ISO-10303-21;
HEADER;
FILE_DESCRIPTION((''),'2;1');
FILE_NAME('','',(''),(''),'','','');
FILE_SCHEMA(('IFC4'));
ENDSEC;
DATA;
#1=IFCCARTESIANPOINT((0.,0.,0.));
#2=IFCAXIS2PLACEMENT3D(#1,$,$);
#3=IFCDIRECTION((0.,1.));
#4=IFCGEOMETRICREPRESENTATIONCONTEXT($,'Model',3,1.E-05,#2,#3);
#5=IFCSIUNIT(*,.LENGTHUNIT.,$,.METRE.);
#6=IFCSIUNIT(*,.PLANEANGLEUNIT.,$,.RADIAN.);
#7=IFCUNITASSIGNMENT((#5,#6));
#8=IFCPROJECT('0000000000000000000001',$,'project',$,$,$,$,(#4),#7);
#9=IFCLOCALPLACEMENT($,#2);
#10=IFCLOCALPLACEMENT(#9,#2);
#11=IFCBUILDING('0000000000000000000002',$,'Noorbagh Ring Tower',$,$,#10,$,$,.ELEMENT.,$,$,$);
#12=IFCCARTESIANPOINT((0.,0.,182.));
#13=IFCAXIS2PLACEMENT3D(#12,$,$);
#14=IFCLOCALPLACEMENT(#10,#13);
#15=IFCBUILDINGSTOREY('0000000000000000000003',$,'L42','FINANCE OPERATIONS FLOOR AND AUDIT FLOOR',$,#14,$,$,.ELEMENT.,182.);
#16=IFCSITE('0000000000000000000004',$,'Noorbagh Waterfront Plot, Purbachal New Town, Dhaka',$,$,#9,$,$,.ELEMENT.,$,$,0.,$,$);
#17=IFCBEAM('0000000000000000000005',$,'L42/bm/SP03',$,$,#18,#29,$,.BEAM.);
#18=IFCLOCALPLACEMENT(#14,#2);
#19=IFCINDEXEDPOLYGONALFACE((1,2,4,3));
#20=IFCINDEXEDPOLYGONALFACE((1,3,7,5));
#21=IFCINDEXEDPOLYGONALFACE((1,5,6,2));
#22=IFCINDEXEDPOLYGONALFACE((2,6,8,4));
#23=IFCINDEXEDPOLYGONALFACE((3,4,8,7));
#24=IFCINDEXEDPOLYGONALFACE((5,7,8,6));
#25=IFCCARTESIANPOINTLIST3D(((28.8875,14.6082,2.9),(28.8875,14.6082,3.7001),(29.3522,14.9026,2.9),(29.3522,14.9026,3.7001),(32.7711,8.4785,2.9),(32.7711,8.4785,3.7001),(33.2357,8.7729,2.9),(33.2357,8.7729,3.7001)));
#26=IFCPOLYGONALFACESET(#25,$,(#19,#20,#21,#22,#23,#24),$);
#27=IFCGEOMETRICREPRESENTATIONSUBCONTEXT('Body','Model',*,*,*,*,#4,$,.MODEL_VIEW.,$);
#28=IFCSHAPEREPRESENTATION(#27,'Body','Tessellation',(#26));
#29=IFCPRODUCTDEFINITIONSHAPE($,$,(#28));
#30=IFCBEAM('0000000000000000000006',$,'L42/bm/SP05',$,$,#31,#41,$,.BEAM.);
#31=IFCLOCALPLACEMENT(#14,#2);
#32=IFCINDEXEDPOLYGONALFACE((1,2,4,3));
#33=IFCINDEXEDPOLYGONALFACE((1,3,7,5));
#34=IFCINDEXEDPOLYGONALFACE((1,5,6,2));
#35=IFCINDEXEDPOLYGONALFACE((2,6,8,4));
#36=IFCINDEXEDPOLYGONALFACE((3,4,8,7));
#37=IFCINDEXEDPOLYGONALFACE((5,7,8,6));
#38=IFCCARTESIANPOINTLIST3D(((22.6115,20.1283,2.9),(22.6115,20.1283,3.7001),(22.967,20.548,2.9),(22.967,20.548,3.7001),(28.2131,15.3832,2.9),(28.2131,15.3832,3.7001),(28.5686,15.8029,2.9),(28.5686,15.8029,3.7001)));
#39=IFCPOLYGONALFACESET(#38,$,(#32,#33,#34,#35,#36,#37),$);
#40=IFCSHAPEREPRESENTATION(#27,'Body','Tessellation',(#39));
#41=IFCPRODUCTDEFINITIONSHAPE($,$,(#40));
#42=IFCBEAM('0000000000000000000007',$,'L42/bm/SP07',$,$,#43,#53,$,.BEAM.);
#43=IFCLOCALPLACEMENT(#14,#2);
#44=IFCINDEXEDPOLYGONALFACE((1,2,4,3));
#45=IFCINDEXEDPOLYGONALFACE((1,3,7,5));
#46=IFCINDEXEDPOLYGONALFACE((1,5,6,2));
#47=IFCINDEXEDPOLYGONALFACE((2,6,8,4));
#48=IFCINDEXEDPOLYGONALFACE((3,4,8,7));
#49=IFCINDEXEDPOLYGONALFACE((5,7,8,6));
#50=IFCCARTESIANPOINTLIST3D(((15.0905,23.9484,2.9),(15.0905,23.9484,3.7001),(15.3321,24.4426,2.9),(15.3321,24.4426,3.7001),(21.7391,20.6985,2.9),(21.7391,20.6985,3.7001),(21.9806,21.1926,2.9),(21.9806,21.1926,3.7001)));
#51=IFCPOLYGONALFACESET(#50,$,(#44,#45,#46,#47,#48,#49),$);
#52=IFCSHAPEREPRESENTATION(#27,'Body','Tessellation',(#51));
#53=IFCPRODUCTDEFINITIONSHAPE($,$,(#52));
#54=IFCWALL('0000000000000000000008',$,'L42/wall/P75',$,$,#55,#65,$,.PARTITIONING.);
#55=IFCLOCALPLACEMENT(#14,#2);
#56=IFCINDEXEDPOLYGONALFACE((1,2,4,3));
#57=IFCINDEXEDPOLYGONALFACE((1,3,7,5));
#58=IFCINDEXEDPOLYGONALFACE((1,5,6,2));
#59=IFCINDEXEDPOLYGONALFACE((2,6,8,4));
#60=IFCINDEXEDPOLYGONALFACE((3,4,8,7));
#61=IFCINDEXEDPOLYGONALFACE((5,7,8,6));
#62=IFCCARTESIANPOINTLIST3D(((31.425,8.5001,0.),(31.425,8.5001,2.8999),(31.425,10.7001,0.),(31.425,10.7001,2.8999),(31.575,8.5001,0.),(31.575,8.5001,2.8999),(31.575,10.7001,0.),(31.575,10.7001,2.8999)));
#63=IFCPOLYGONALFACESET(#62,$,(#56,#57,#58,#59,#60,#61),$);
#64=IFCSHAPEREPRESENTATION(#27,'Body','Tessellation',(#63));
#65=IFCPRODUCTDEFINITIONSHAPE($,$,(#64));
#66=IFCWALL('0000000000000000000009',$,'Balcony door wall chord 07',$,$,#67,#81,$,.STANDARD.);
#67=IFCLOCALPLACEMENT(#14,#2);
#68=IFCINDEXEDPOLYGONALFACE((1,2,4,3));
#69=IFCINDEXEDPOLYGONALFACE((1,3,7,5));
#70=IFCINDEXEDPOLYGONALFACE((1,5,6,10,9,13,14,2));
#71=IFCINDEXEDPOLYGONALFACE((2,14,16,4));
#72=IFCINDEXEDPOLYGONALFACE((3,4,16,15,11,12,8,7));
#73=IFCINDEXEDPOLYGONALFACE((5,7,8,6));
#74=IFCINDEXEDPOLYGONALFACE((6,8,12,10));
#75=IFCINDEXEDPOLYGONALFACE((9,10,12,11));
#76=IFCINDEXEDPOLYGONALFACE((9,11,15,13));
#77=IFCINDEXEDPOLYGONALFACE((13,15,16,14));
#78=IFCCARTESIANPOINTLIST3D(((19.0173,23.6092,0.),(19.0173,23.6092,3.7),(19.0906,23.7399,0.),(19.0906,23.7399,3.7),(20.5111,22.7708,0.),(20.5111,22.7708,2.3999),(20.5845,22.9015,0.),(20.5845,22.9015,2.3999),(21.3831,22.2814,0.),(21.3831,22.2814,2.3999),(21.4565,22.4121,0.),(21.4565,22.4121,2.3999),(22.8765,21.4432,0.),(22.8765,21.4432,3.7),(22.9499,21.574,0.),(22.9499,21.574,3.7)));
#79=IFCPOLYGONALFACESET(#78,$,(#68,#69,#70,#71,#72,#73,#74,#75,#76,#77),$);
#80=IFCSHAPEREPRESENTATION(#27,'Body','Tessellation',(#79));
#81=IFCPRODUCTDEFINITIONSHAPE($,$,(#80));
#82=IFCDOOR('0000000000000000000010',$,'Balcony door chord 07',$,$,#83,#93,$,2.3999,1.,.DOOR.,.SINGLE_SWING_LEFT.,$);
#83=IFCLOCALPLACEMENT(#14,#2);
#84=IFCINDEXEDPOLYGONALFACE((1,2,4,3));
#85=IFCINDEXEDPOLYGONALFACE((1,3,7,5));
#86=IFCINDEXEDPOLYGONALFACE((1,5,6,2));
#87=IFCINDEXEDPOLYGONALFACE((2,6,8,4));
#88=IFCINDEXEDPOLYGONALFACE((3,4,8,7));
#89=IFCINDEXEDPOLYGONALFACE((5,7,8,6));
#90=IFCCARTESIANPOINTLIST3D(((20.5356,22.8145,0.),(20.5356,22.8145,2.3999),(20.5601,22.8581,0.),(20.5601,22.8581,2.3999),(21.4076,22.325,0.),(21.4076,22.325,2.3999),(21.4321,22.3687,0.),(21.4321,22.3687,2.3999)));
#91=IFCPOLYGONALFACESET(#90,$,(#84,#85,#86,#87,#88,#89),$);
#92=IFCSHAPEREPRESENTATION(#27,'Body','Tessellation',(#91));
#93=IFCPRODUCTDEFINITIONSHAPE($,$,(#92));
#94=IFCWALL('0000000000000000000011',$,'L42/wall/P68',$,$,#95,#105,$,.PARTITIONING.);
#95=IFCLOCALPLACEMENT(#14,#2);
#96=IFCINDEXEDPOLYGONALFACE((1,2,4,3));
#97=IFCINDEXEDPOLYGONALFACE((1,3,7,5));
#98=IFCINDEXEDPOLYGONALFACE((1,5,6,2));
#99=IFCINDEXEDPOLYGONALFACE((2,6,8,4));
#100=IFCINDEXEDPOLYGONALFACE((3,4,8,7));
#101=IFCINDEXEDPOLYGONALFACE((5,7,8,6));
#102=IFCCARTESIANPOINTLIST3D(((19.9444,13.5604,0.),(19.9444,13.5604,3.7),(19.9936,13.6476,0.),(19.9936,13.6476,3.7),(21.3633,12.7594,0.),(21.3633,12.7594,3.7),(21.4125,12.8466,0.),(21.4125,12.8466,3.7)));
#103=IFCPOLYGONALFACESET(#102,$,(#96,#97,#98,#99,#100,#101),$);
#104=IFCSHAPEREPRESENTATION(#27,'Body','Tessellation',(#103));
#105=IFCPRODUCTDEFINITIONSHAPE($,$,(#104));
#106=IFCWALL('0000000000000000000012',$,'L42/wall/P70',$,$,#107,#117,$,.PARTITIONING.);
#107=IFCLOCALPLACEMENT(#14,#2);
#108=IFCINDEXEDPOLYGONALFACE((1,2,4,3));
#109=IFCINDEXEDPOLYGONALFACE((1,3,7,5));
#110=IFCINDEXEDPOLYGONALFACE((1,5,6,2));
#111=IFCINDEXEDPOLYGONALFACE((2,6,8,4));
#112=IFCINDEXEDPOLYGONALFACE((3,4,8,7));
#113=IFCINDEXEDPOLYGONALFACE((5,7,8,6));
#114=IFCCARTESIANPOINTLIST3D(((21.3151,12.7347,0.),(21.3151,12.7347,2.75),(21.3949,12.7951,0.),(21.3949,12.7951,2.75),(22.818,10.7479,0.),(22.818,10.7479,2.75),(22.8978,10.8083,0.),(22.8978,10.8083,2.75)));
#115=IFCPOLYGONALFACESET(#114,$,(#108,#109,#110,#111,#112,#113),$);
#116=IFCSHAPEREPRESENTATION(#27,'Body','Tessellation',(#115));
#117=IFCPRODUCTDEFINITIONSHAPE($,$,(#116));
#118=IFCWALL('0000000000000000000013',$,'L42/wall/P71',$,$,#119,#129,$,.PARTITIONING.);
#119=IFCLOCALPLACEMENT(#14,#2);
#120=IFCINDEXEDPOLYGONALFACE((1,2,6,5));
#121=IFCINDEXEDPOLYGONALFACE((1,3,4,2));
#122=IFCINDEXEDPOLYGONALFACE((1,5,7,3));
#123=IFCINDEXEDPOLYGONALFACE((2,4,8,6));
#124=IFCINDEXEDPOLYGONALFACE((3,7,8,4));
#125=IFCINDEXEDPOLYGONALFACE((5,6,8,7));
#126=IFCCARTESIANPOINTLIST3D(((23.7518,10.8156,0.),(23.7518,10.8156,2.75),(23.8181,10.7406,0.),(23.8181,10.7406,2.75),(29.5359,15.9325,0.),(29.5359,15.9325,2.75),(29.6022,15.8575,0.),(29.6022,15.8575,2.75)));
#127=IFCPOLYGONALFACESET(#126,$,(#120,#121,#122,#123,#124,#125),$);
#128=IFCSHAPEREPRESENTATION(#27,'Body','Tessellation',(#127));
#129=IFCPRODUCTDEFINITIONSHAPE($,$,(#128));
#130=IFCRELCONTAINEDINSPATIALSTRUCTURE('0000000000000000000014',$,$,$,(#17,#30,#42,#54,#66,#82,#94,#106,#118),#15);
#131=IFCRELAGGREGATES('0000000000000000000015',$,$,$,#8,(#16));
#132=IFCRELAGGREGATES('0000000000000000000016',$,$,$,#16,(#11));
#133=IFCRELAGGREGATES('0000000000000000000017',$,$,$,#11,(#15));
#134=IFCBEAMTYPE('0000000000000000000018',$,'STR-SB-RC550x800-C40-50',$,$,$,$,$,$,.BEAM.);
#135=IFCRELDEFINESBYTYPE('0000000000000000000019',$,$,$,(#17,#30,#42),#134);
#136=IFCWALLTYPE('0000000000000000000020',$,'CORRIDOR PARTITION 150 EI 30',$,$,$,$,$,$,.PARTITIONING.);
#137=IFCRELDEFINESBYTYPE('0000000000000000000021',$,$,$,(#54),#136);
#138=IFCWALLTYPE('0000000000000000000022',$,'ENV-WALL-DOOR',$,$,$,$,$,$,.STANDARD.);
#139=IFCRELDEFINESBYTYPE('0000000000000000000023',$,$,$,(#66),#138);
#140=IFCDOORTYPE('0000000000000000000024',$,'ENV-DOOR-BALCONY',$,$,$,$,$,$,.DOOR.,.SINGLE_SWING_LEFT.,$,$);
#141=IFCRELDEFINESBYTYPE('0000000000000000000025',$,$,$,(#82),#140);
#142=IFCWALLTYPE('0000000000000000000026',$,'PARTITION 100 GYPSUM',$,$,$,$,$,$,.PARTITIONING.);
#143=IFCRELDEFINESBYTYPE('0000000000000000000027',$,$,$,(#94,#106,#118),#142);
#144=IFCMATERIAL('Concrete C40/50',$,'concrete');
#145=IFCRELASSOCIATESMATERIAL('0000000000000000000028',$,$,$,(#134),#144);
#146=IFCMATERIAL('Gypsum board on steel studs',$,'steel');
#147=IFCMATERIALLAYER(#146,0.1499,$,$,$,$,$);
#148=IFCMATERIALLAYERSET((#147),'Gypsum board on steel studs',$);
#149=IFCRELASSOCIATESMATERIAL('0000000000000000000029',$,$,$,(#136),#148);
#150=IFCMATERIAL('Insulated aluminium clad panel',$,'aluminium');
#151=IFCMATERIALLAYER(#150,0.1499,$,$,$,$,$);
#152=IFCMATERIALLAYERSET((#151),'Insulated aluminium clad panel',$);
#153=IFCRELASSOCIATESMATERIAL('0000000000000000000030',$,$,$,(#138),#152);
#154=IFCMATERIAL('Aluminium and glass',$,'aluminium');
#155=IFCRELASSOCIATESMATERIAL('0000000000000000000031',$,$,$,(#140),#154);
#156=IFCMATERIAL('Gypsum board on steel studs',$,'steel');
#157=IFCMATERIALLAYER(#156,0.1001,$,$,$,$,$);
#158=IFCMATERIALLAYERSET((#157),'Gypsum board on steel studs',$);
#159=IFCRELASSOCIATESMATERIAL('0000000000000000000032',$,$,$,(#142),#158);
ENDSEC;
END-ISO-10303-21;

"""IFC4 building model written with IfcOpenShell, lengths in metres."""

from ifc_helpers import new_model, si_unit, direction, frame, frame_2d, origin, origin_2d, place, context, subcontext, project, spatial, rectangle, extrude, material, layer, layer_set, material_profile, profile_set, type_object, element, fill, save


model = new_model("IFC4")

# Units and contexts
model_context = context("Model", 3, precision=1e-05, world=origin(), true_north=direction((0.0, 1.0)))
body_context = subcontext(model_context, "Body", "Model", "MODEL_VIEW")
ifc_project = project(units=[si_unit("LENGTHUNIT", "METRE"), si_unit("PLANEANGLEUNIT", "RADIAN")], contexts=[model_context])

# Site, building, storey
site_placement = place(None, origin())
site = spatial("IfcSite", under=ifc_project, at=site_placement, Name="Noorbagh Waterfront Plot, Purbachal New Town, Dhaka", CompositionType="ELEMENT", RefElevation=0.0)
building_placement = place(site_placement, origin())
building = spatial("IfcBuilding", under=site, at=building_placement, Name="Noorbagh Ring Tower", CompositionType="ELEMENT")
storey_placement = place(building_placement, frame((0.0, 0.0, 182.0)))
storey = spatial("IfcBuildingStorey", under=building, at=storey_placement, Name="L42", Description="FINANCE OPERATIONS FLOOR AND AUDIT FLOOR", CompositionType="ELEMENT", Elevation=182.0)

# Beams
ifc_material_1 = material(Name="Concrete C40/50", Category="concrete")
ifc_material_profile_1 = material_profile(ifc_material_1, rectangle(XDim=0.55, YDim=0.8, at=origin_2d()), Name="RC550x800")
ifc_profile_set_1 = profile_set([ifc_material_profile_1], Name="Concrete C40/50")
beam_type_1 = type_object("IfcBeamType", Name="STR-SB-RC550x800-C40-50", PredefinedType="BEAM", material=ifc_profile_set_1)
beam_1_placement = place(storey_placement, frame((33.0034, 8.6257, 3.3), z_axis=(-0.535194, 0.844729, 0.0), x_axis=(-0.844729, -0.535194, 0.0)))
element("IfcBeam", 1, at=beam_1_placement, inside=storey, type_object=beam_type_1, Name="L42/bm/SP03", PredefinedType="BEAM", context=body_context, shape_type="SweptSolid", body=[
    extrude(rectangle(XDim=0.55, YDim=0.8, at=origin_2d()), origin(), (0.0, 0.0, 1.0), 7.2563),
])
beam_2_placement = place(storey_placement, frame((28.3909, 15.593, 3.3), z_axis=(-0.763028, 0.646366, 0.0), x_axis=(-0.646366, -0.763028, 0.0)))
element("IfcBeam", 2, at=beam_2_placement, inside=storey, type_object=beam_type_1, Name="L42/bm/SP05", PredefinedType="BEAM", context=body_context, shape_type="SweptSolid", body=[
    extrude(rectangle(XDim=0.55, YDim=0.8, at=origin_2d()), origin(), (0.0, 0.0, 1.0), 7.3413),
])
beam_3_placement = place(storey_placement, frame((21.8599, 20.9456, 3.3), z_axis=(-0.898409, 0.439159, 0.0), x_axis=(-0.439159, -0.898409, 0.0)))
element("IfcBeam", 3, at=beam_3_placement, inside=storey, type_object=beam_type_1, Name="L42/bm/SP07", PredefinedType="BEAM", context=body_context, shape_type="SweptSolid", body=[
    extrude(rectangle(XDim=0.55, YDim=0.8, at=origin_2d()), origin(), (0.0, 0.0, 1.0), 7.4004),
])

# Wall
ifc_material_2 = material(Name="Gypsum board on steel studs", Category="steel")
ifc_layer_1 = layer(ifc_material_2, 0.1499)
ifc_layer_set_1 = layer_set([ifc_layer_1], Name="Gypsum board on steel studs")
wall_type_1 = type_object("IfcWallType", Name="CORRIDOR PARTITION 150 EI 30", PredefinedType="PARTITIONING", material=ifc_layer_set_1)
wall_1_placement = place(storey_placement, frame((31.5, 8.5, 0.0), z_axis=(0.0, 0.0, 1.0), x_axis=(0.0, 1.0, 0.0)))
element("IfcWall", 4, at=wall_1_placement, inside=storey, type_object=wall_type_1, Name="L42/wall/P75", PredefinedType="PARTITIONING", context=body_context, shape_type="SweptSolid", body=[
    extrude(rectangle(XDim=2.2, YDim=0.1499, at=frame_2d((1.1001, 0.0))), origin(), (0.0, 0.0, 1.0), 2.8999),
])

# Wall, opening, door
ifc_material_3 = material(Name="Insulated aluminium clad panel", Category="aluminium")
ifc_layer_2 = layer(ifc_material_3, 0.1499)
ifc_layer_set_2 = layer_set([ifc_layer_2], Name="Insulated aluminium clad panel")
wall_type_2 = type_object("IfcWallType", Name="ENV-WALL-DOOR", PredefinedType="STANDARD", material=ifc_layer_set_2)
wall_2_placement = place(storey_placement, frame((22.9133, 21.5085, 0.0), z_axis=(0.0, 0.0, 1.0), x_axis=(-0.872047, 0.489423, 0.0)))
wall_2 = element("IfcWall", 5, at=wall_2_placement, inside=storey, type_object=wall_type_2, Name="Balcony door wall chord 07", PredefinedType="STANDARD", context=body_context, shape_type="SweptSolid", body=[
    extrude(rectangle(XDim=4.4255, YDim=0.1499, at=frame_2d((2.2129, 0.0))), origin(), (0.0, 0.0, 1.0), 3.7),
])
opening_placement = place(wall_2_placement, frame((1.7126, 0.0, 0.0)))
opening = element("IfcOpeningElement", 6, at=opening_placement, cuts=wall_2, PredefinedType="OPENING", context=body_context, shape_type="SweptSolid", body=[
    extrude(rectangle(XDim=1.0, YDim=2.3999, at=frame_2d((0.5, 1.2))), frame((0.0, 0.085, 0.0), z_axis=(0.0, -1.0, 0.0), x_axis=(1.0, 0.0, 0.0)), (0.0, 0.0, 1.0), 0.1699),
])
ifc_material_4 = material(Name="Aluminium and glass", Category="aluminium")
door_type = type_object("IfcDoorType", Name="ENV-DOOR-BALCONY", OperationType="SINGLE_SWING_LEFT", PredefinedType="DOOR", material=ifc_material_4)
door_placement = place(opening_placement, origin())
door = element("IfcDoor", 7, at=door_placement, inside=storey, type_object=door_type, Name="Balcony door chord 07", OperationType="SINGLE_SWING_LEFT", OverallHeight=2.3999, OverallWidth=1.0, PredefinedType="DOOR", context=body_context, shape_type="SweptSolid", body=[
    extrude(rectangle(XDim=1.0, YDim=2.3999, at=frame_2d((0.5, 1.2))), frame((0.0, 0.0249, 0.0), z_axis=(0.0, -1.0, 0.0), x_axis=(1.0, 0.0, 0.0)), (0.0, 0.0, 1.0), 0.05),
])
fill(opening, door)

# Walls
ifc_material_5 = material(Name="Gypsum board on steel studs", Category="steel")
ifc_layer_3 = layer(ifc_material_5, 0.1001)
ifc_layer_set_3 = layer_set([ifc_layer_3], Name="Gypsum board on steel studs")
wall_type_3 = type_object("IfcWallType", Name="PARTITION 100 GYPSUM", PredefinedType="PARTITIONING", material=ifc_layer_set_3)
wall_3_placement = place(storey_placement, frame((19.969, 13.604, 0.0), z_axis=(0.0, 0.0, 1.0), x_axis=(0.870822, -0.491598, 0.0)))
element("IfcWall", 8, at=wall_3_placement, inside=storey, type_object=wall_type_3, Name="L42/wall/P68", PredefinedType="PARTITIONING", context=body_context, shape_type="SweptSolid", body=[
    extrude(rectangle(XDim=1.6294, YDim=0.1001, at=frame_2d((0.8147, 0.0))), origin(), (0.0, 0.0, 1.0), 3.7),
])
wall_4_placement = place(storey_placement, frame((21.355, 12.7649, 0.0), z_axis=(0.0, 0.0, 1.0), x_axis=(0.603288, -0.797524, 0.0)))
element("IfcWall", 9, at=wall_4_placement, inside=storey, type_object=wall_type_3, Name="L42/wall/P70", PredefinedType="PARTITIONING", context=body_context, shape_type="SweptSolid", body=[
    extrude(rectangle(XDim=2.4912, YDim=0.1001, at=frame_2d((1.2456, 0.0))), origin(), (0.0, 0.0, 1.0), 2.75),
])
wall_5_placement = place(storey_placement, frame((23.7849, 10.7781, 0.0), z_axis=(0.0, 0.0, 1.0), x_axis=(0.748986, 0.662586, 0.0)))
element("IfcWall", 10, at=wall_5_placement, inside=storey, type_object=wall_type_3, Name="L42/wall/P71", PredefinedType="PARTITIONING", context=body_context, shape_type="SweptSolid", body=[
    extrude(rectangle(XDim=7.7227, YDim=0.1001, at=frame_2d((3.8613, 0.0))), origin(), (0.0, 0.0, 1.0), 2.75),
])

save(model, "model.ifc")
